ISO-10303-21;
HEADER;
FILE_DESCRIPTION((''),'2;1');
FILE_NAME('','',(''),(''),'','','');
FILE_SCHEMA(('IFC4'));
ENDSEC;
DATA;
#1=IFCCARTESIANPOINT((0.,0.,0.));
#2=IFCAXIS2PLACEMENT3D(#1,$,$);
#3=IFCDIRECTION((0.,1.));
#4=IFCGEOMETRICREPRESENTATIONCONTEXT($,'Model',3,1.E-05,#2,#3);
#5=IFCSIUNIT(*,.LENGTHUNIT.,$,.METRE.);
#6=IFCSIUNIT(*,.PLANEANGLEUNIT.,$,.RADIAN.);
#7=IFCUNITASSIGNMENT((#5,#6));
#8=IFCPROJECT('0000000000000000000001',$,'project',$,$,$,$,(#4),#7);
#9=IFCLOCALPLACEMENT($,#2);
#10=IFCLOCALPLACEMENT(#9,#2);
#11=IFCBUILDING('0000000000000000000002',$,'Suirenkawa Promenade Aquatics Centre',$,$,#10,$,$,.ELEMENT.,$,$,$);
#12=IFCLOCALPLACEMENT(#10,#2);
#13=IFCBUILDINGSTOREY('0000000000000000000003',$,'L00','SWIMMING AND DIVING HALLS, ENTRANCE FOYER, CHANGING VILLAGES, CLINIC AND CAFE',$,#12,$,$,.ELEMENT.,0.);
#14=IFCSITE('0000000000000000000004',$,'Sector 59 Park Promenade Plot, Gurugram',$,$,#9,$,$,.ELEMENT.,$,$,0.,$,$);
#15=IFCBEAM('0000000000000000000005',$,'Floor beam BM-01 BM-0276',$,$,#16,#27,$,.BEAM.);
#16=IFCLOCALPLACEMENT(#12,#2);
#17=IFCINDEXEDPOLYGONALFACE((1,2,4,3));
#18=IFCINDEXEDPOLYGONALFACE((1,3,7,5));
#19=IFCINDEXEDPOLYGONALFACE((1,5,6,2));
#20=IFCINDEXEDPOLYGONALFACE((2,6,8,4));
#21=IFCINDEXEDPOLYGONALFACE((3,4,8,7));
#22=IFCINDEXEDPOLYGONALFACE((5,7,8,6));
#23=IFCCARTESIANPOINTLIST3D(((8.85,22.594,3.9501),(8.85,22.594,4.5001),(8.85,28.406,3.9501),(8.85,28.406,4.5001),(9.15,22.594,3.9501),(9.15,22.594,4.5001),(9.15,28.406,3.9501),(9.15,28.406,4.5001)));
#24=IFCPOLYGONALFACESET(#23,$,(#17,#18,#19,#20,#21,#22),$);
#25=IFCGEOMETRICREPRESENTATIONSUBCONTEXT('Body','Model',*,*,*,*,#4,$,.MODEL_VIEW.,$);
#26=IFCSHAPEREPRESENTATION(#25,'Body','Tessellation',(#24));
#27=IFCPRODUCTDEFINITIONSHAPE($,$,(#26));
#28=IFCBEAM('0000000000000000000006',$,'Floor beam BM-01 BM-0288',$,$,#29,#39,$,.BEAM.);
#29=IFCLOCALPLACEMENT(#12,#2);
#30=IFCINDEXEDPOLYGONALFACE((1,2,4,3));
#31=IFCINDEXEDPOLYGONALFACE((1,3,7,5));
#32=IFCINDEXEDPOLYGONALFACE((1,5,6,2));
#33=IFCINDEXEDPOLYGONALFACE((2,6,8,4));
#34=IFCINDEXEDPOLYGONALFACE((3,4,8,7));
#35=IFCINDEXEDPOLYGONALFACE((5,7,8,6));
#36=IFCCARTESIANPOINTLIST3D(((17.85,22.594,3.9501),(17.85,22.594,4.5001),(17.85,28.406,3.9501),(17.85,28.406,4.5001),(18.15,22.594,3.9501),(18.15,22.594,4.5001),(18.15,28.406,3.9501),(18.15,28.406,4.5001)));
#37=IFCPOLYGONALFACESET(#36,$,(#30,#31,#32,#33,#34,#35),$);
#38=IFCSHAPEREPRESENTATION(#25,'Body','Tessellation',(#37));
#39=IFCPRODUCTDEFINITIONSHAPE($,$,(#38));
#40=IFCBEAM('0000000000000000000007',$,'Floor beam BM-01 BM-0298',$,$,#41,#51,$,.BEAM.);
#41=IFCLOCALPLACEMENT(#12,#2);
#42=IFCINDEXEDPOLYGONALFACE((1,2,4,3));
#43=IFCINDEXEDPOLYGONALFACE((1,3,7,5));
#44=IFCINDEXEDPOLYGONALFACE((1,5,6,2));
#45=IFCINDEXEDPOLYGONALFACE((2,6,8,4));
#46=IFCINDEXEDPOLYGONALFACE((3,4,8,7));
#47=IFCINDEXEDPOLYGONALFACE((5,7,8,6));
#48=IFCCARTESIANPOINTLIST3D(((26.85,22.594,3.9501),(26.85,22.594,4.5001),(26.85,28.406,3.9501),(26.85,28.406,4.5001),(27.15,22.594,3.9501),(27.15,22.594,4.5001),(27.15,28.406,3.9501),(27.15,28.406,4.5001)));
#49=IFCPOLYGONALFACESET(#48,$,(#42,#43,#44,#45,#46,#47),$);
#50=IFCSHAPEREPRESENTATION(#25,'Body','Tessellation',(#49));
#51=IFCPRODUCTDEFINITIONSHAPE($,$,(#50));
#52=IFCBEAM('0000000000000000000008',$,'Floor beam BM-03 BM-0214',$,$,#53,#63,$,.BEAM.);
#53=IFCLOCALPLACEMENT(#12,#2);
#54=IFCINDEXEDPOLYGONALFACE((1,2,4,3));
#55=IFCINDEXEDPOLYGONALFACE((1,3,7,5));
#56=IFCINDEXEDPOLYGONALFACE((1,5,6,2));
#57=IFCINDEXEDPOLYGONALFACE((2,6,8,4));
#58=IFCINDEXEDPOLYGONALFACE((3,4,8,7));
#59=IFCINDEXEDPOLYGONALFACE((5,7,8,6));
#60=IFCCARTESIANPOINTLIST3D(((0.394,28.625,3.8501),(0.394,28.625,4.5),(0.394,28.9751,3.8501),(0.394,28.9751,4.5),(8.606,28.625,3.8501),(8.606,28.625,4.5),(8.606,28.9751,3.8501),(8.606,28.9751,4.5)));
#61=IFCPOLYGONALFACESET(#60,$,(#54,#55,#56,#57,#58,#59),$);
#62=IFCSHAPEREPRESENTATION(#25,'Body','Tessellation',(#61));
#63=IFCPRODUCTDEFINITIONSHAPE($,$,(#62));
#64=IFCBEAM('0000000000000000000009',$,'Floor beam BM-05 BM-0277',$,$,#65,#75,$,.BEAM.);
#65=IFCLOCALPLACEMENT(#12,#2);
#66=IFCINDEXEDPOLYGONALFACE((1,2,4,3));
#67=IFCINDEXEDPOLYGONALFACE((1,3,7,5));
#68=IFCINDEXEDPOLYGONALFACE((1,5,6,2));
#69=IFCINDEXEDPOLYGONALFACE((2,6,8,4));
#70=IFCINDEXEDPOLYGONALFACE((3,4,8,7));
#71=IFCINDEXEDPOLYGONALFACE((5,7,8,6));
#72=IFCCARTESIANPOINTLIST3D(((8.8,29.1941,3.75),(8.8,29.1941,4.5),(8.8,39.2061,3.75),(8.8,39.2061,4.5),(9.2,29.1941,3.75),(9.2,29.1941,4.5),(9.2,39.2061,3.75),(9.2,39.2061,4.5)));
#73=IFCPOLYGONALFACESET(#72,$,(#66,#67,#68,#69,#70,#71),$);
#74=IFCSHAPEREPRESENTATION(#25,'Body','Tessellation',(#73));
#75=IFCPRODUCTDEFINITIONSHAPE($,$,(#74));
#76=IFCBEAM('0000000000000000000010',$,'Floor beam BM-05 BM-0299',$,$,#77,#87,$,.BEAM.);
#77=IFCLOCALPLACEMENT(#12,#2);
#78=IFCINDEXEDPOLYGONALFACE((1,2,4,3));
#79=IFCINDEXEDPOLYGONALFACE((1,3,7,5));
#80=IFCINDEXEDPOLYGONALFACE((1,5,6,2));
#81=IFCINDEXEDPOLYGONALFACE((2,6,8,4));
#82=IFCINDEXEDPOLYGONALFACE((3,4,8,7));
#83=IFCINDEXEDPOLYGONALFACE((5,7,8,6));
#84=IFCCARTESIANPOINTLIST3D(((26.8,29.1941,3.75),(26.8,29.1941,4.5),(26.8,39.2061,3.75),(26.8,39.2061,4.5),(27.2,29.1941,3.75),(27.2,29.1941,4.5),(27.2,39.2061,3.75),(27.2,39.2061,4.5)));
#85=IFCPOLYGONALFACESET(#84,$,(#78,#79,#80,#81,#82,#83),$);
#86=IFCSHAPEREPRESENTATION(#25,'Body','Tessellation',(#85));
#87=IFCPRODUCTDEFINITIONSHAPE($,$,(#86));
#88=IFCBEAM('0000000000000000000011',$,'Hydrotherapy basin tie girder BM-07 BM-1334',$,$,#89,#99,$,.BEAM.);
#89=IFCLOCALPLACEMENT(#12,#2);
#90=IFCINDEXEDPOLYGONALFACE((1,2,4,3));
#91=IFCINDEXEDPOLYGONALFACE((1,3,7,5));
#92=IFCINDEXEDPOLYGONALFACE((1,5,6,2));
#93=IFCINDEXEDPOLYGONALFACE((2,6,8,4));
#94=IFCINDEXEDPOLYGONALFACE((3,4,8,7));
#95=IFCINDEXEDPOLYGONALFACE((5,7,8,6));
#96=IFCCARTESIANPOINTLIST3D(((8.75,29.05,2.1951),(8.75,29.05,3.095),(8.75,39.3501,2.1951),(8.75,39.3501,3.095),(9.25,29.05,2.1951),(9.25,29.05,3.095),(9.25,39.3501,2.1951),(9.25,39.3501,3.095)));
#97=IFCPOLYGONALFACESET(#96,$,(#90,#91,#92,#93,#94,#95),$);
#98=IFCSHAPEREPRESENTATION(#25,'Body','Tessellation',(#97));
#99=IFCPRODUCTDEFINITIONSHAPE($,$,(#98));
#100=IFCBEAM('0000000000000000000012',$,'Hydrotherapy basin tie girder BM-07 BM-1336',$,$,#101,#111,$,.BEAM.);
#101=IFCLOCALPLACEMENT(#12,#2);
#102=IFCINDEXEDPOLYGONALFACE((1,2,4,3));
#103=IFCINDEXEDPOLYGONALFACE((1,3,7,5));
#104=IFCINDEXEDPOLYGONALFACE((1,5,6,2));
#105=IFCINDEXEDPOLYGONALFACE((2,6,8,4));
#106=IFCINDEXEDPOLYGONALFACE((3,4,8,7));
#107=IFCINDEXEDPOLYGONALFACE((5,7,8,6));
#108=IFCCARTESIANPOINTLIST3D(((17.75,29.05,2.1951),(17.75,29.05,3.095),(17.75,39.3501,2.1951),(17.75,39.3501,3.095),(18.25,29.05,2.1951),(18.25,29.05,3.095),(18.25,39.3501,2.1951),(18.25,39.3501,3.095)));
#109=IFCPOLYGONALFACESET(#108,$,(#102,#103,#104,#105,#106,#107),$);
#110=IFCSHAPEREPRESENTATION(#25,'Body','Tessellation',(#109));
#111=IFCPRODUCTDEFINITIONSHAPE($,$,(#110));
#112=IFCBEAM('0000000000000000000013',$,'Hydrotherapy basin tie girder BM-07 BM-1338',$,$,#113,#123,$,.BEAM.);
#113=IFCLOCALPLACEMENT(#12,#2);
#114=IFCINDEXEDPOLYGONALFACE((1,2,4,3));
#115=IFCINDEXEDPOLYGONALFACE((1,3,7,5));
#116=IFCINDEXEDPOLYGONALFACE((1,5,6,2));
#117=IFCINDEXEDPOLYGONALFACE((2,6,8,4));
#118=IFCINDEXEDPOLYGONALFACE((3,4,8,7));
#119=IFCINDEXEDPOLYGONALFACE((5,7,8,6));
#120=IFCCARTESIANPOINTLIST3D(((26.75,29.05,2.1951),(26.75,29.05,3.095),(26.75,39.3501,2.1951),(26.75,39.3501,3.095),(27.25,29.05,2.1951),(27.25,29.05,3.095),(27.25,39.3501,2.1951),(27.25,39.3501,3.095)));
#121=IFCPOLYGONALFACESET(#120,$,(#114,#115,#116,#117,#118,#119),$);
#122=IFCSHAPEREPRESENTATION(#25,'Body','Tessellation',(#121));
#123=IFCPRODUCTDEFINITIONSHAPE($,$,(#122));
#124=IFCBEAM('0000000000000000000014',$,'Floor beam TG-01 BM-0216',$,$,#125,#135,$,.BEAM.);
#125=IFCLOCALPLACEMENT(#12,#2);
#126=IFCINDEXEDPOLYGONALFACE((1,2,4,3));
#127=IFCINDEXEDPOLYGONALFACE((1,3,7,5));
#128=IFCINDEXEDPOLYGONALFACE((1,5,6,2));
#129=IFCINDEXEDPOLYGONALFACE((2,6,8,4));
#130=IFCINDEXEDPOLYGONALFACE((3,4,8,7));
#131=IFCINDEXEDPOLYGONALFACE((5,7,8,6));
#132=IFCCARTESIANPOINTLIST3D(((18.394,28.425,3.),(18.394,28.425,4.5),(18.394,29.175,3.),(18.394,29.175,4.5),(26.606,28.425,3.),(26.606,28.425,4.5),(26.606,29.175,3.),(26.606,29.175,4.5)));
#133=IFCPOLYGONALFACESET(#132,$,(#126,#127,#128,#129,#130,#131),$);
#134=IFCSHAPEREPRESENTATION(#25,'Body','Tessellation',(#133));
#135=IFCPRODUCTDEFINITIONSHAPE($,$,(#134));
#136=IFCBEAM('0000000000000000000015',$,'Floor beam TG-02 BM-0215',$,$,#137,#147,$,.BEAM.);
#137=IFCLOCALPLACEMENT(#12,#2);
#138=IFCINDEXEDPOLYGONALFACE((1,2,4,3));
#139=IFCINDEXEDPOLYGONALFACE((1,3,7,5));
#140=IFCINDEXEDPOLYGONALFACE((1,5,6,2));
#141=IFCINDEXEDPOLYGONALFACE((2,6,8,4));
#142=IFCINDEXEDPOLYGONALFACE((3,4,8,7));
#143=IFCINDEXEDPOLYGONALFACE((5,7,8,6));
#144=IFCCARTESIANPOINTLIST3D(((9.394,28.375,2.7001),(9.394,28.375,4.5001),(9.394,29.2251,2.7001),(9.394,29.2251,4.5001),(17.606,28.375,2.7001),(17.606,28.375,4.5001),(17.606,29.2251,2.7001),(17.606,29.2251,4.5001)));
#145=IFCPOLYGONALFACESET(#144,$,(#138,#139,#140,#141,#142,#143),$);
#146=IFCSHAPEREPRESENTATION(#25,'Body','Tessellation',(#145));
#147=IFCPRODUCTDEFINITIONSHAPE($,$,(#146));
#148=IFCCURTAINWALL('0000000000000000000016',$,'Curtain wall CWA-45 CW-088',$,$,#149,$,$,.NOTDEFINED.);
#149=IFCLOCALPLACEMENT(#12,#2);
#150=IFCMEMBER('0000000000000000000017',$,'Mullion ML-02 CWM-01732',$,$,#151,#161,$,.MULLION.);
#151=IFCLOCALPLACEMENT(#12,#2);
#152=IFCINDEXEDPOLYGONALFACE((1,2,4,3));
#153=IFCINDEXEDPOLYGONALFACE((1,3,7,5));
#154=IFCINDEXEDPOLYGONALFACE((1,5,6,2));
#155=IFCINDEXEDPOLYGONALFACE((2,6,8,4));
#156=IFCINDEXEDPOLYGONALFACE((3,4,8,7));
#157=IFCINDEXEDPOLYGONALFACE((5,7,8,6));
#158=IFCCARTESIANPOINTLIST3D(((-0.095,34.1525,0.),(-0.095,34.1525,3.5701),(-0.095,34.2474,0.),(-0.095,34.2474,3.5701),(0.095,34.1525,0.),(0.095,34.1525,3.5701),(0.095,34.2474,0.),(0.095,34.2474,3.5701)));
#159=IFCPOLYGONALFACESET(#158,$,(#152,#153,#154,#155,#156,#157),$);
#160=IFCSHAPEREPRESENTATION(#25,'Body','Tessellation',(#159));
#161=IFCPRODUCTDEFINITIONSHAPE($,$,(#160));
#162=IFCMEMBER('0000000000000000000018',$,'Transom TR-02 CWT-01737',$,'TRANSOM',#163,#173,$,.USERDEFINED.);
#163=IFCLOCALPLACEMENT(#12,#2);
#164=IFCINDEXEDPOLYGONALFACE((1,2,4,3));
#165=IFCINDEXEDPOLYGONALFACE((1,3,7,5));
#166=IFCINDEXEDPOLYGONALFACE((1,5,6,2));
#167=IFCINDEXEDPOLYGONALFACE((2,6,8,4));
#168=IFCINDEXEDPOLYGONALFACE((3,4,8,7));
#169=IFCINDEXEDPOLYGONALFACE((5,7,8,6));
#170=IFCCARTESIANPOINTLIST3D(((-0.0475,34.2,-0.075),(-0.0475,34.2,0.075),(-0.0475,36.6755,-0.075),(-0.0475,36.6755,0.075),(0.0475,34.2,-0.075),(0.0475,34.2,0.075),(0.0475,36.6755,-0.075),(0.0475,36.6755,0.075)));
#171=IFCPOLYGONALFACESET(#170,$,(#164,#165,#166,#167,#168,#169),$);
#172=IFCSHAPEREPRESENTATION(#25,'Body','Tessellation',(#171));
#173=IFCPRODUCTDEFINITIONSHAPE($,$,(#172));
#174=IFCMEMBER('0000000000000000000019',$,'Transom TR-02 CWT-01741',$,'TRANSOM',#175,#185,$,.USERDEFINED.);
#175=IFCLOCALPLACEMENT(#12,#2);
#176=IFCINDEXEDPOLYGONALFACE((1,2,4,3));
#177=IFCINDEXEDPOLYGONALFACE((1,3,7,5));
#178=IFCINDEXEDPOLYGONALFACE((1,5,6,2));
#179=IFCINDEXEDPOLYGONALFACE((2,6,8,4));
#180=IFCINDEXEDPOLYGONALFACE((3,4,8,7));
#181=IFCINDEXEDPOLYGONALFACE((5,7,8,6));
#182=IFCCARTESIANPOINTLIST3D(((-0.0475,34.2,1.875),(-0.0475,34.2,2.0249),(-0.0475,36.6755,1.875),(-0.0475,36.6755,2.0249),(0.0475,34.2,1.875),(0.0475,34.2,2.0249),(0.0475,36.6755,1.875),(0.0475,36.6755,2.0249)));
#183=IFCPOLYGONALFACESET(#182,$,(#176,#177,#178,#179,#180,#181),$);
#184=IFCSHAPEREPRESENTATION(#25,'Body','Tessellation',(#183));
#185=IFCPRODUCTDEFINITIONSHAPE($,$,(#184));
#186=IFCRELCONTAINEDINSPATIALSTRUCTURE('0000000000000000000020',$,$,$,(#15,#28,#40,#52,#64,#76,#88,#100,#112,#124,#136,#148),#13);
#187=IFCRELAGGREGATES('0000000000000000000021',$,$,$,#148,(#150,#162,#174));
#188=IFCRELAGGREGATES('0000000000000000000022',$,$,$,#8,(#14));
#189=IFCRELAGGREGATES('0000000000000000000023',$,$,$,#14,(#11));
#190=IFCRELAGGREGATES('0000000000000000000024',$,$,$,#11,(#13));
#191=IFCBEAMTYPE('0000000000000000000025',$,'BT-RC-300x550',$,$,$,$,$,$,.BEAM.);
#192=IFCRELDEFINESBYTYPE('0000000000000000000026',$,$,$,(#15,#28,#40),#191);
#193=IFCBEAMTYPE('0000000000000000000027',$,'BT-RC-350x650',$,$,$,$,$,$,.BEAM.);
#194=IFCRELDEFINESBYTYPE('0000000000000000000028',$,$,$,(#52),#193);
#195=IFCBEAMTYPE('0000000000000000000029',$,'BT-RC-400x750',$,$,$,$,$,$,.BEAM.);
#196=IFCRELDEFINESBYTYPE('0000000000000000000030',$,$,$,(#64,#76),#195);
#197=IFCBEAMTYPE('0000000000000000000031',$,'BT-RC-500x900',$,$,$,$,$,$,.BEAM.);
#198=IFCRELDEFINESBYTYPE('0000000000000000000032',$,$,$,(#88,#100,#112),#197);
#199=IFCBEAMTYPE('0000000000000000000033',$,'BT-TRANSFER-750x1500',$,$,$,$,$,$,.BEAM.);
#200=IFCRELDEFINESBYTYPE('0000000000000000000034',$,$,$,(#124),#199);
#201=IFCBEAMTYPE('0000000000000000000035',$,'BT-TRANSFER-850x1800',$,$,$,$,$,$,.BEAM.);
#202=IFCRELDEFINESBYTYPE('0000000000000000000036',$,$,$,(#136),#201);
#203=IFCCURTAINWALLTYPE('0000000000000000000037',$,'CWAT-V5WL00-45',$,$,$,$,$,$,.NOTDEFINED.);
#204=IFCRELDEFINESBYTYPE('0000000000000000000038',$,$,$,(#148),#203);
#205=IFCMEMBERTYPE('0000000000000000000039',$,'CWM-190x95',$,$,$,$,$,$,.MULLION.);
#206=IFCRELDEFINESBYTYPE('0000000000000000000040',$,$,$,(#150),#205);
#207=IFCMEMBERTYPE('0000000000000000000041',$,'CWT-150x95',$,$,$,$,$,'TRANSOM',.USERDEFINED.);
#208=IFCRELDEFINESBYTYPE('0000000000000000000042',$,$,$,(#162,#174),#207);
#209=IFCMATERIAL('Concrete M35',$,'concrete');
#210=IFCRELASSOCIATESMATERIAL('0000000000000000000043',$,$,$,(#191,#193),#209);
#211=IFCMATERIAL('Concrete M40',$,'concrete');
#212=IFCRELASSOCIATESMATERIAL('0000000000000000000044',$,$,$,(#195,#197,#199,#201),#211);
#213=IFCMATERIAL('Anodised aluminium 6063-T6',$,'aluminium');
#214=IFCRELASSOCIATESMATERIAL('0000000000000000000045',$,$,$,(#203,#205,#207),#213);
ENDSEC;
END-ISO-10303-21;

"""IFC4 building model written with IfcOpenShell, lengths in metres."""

from ifc_helpers import new_model, si_unit, direction, frame, origin, origin_2d, place, context, subcontext, project, spatial, rectangle, extrude, material, material_profile, profile_set, type_object, element, aggregate, save


model = new_model("IFC4")

# Units and contexts
model_context = context("Model", 3, precision=1e-05, world=origin(), true_north=direction((0.0, 1.0)))
body_context = subcontext(model_context, "Body", "Model", "MODEL_VIEW")
ifc_project = project(units=[si_unit("LENGTHUNIT", "METRE"), si_unit("PLANEANGLEUNIT", "RADIAN")], contexts=[model_context])

# Site, building, storey
site_placement = place(None, origin())
site = spatial("IfcSite", under=ifc_project, at=site_placement, Name="Sector 59 Park Promenade Plot, Gurugram", CompositionType="ELEMENT", RefElevation=0.0)
building_placement = place(site_placement, origin())
building = spatial("IfcBuilding", under=site, at=building_placement, Name="Suirenkawa Promenade Aquatics Centre", CompositionType="ELEMENT")
storey_placement = place(building_placement, origin())
storey = spatial("IfcBuildingStorey", under=building, at=storey_placement, Name="L00", Description="SWIMMING AND DIVING HALLS, ENTRANCE FOYER, CHANGING VILLAGES, CLINIC AND CAFE", CompositionType="ELEMENT", Elevation=0.0)

# Shared definitions
ifc_material_1 = material(Name="Concrete M40", Category="concrete")

# Beams
ifc_material_2 = material(Name="Concrete M35", Category="concrete")
ifc_material_profile_1 = material_profile(ifc_material_2, rectangle(XDim=0.3, YDim=0.55, at=origin_2d()), Name="RC BM 300x550", Category="concrete")
ifc_profile_set_1 = profile_set([ifc_material_profile_1], Name="Concrete M35")
beam_type_1 = type_object("IfcBeamType", Name="BT-RC-300x550", PredefinedType="BEAM", material=ifc_profile_set_1)
for number, where, z_axis, x_axis, name in (
    (1, (9.0, 22.594, 4.2251), (0.0, 1.0, 0.0), (-1.0, 0.0, 0.0), "Floor beam BM-01 BM-0276"),
    (2, (18.0, 22.594, 4.2251), (0.0, 1.0, 0.0), (-1.0, 0.0, 0.0), "Floor beam BM-01 BM-0288"),
    (3, (27.0, 22.594, 4.2251), (0.0, 1.0, 0.0), (-1.0, 0.0, 0.0), "Floor beam BM-01 BM-0298"),
):
    element("IfcBeam", number, at=place(storey_placement, frame(where, z_axis=z_axis, x_axis=x_axis)), inside=storey, type_object=beam_type_1, Name=name, PredefinedType="BEAM", context=body_context, shape_type="SweptSolid", body=[
        extrude(rectangle(XDim=0.3, YDim=0.55, at=origin_2d()), origin(), (0.0, 0.0, 1.0), 5.812),
    ])
ifc_material_profile_2 = material_profile(ifc_material_2, rectangle(XDim=0.3501, YDim=0.6499, at=origin_2d()), Name="RC BM 350x650", Category="concrete")
ifc_profile_set_2 = profile_set([ifc_material_profile_2], Name="Concrete M35")
beam_type_2 = type_object("IfcBeamType", Name="BT-RC-350x650", PredefinedType="BEAM", material=ifc_profile_set_2)
beam_1_placement = place(storey_placement, frame((0.394, 28.8, 4.175), z_axis=(1.0, 0.0, 0.0), x_axis=(0.0, 1.0, 0.0)))
element("IfcBeam", 4, at=beam_1_placement, inside=storey, type_object=beam_type_2, Name="Floor beam BM-03 BM-0214", PredefinedType="BEAM", context=body_context, shape_type="SweptSolid", body=[
    extrude(rectangle(XDim=0.3501, YDim=0.6499, at=origin_2d()), origin(), (0.0, 0.0, 1.0), 8.2119),
])
ifc_material_profile_3 = material_profile(ifc_material_1, rectangle(XDim=0.3999, YDim=0.75, at=origin_2d()), Name="RC BM 400x750", Category="concrete")
ifc_profile_set_3 = profile_set([ifc_material_profile_3], Name="Concrete M40")
beam_type_3 = type_object("IfcBeamType", Name="BT-RC-400x750", PredefinedType="BEAM", material=ifc_profile_set_3)
for number, where, z_axis, x_axis, name in (
    (5, (9.0, 29.1941, 4.125), (0.0, 1.0, 0.0), (-1.0, 0.0, 0.0), "Floor beam BM-05 BM-0277"),
    (6, (27.0, 29.1941, 4.125), (0.0, 1.0, 0.0), (-1.0, 0.0, 0.0), "Floor beam BM-05 BM-0299"),
):
    element("IfcBeam", number, at=place(storey_placement, frame(where, z_axis=z_axis, x_axis=x_axis)), inside=storey, type_object=beam_type_3, Name=name, PredefinedType="BEAM", context=body_context, shape_type="SweptSolid", body=[
        extrude(rectangle(XDim=0.3999, YDim=0.75, at=origin_2d()), origin(), (0.0, 0.0, 1.0), 10.012),
    ])
ifc_material_profile_4 = material_profile(ifc_material_1, rectangle(XDim=0.5, YDim=0.8999, at=origin_2d()), Name="RC BM 500x900", Category="concrete")
ifc_profile_set_4 = profile_set([ifc_material_profile_4], Name="Concrete M40")
beam_type_4 = type_object("IfcBeamType", Name="BT-RC-500x900", PredefinedType="BEAM", material=ifc_profile_set_4)
for number, where, z_axis, x_axis, name in (
    (7, (9.0, 29.05, 2.645), (0.0, 1.0, 0.0), (-1.0, 0.0, 0.0), "Hydrotherapy basin tie girder BM-07 BM-1334"),
    (8, (18.0, 29.05, 2.645), (0.0, 1.0, 0.0), (-1.0, 0.0, 0.0), "Hydrotherapy basin tie girder BM-07 BM-1336"),
    (9, (27.0, 29.05, 2.645), (0.0, 1.0, 0.0), (-1.0, 0.0, 0.0), "Hydrotherapy basin tie girder BM-07 BM-1338"),
):
    element("IfcBeam", number, at=place(storey_placement, frame(where, z_axis=z_axis, x_axis=x_axis)), inside=storey, type_object=beam_type_4, Name=name, PredefinedType="BEAM", context=body_context, shape_type="SweptSolid", body=[
        extrude(rectangle(XDim=0.5, YDim=0.8999, at=origin_2d()), origin(), (0.0, 0.0, 1.0), 10.3),
    ])
ifc_material_profile_5 = material_profile(ifc_material_1, rectangle(XDim=0.75, YDim=1.5, at=origin_2d()), Name="RC TRANSFER 750x1500", Category="concrete")
ifc_profile_set_5 = profile_set([ifc_material_profile_5], Name="Concrete M40")
beam_type_5 = type_object("IfcBeamType", Name="BT-TRANSFER-750x1500", PredefinedType="BEAM", material=ifc_profile_set_5)
beam_2_placement = place(storey_placement, frame((18.394, 28.8, 3.75), z_axis=(1.0, 0.0, 0.0), x_axis=(0.0, 1.0, 0.0)))
element("IfcBeam", 10, at=beam_2_placement, inside=storey, type_object=beam_type_5, Name="Floor beam TG-01 BM-0216", PredefinedType="BEAM", context=body_context, shape_type="SweptSolid", body=[
    extrude(rectangle(XDim=0.75, YDim=1.5, at=origin_2d()), origin(), (0.0, 0.0, 1.0), 8.2119),
])
ifc_material_profile_6 = material_profile(ifc_material_1, rectangle(XDim=0.8501, YDim=1.8, at=origin_2d()), Name="RC TRANSFER 850x1800", Category="concrete")
ifc_profile_set_6 = profile_set([ifc_material_profile_6], Name="Concrete M40")
beam_type_6 = type_object("IfcBeamType", Name="BT-TRANSFER-850x1800", PredefinedType="BEAM", material=ifc_profile_set_6)
beam_3_placement = place(storey_placement, frame((9.394, 28.8, 3.6001), z_axis=(1.0, 0.0, 0.0), x_axis=(0.0, 1.0, 0.0)))
element("IfcBeam", 11, at=beam_3_placement, inside=storey, type_object=beam_type_6, Name="Floor beam TG-02 BM-0215", PredefinedType="BEAM", context=body_context, shape_type="SweptSolid", body=[
    extrude(rectangle(XDim=0.8501, YDim=1.8, at=origin_2d()), origin(), (0.0, 0.0, 1.0), 8.2119),
])

# Curtain wall, members
ifc_material_3 = material(Name="Anodised aluminium 6063-T6", Category="aluminium")
curtain_wall_type = type_object("IfcCurtainWallType", Name="CWAT-V5WL00-45", PredefinedType="NOTDEFINED", material=ifc_material_3)
curtain_wall_placement = place(storey_placement, origin())
curtain_wall = element("IfcCurtainWall", 12, at=curtain_wall_placement, inside=storey, type_object=curtain_wall_type, Name="Curtain wall CWA-45 CW-088", PredefinedType="NOTDEFINED")
ifc_material_profile_7 = material_profile(ifc_material_3, rectangle(XDim=0.095, YDim=0.1899, at=origin_2d()), Name="ALU MULL 95x190", Category="aluminium")
ifc_profile_set_7 = profile_set([ifc_material_profile_7], Name="Anodised aluminium 6063-T6")
member_type_1 = type_object("IfcMemberType", Name="CWM-190x95", PredefinedType="MULLION", material=ifc_profile_set_7)
member_1_placement = place(storey_placement, frame((0.0, 34.2, 0.0), z_axis=(0.0, 0.0, 1.0), x_axis=(0.0, 1.0, 0.0)))
member_1 = element("IfcMember", 13, at=member_1_placement, type_object=member_type_1, Name="Mullion ML-02 CWM-01732", PredefinedType="MULLION", context=body_context, shape_type="SweptSolid", body=[
    extrude(rectangle(XDim=0.095, YDim=0.1899, at=origin_2d()), origin(), (0.0, 0.0, 1.0), 3.5701),
])
ifc_material_profile_8 = material_profile(ifc_material_3, rectangle(XDim=0.095, YDim=0.1499, at=origin_2d()), Name="ALU TRAN 95x150", Category="aluminium")
ifc_profile_set_8 = profile_set([ifc_material_profile_8], Name="Anodised aluminium 6063-T6")
member_type_2 = type_object("IfcMemberType", Name="CWT-150x95", ElementType="TRANSOM", PredefinedType="USERDEFINED", material=ifc_profile_set_8)
member_2_placement = place(storey_placement, frame((0.0, 34.2, 0.0), z_axis=(0.0, 1.0, 0.0), x_axis=(-1.0, 0.0, 0.0)))
member_2 = element("IfcMember", 14, at=member_2_placement, type_object=member_type_2, Name="Transom TR-02 CWT-01737", ObjectType="TRANSOM", PredefinedType="USERDEFINED", context=body_context, shape_type="SweptSolid", body=[
    extrude(rectangle(XDim=0.095, YDim=0.1499, at=origin_2d()), origin(), (0.0, 0.0, 1.0), 2.4756),
])
member_3_placement = place(storey_placement, frame((0.0, 34.2, 1.95), z_axis=(0.0, 1.0, 0.0), x_axis=(-1.0, 0.0, 0.0)))
member_3 = element("IfcMember", 15, at=member_3_placement, type_object=member_type_2, Name="Transom TR-02 CWT-01741", ObjectType="TRANSOM", PredefinedType="USERDEFINED", context=body_context, shape_type="SweptSolid", body=[
    extrude(rectangle(XDim=0.095, YDim=0.1499, at=origin_2d()), origin(), (0.0, 0.0, 1.0), 2.4756),
])
aggregate(curtain_wall, [member_1, member_2, member_3])

save(model, "model.ifc")
